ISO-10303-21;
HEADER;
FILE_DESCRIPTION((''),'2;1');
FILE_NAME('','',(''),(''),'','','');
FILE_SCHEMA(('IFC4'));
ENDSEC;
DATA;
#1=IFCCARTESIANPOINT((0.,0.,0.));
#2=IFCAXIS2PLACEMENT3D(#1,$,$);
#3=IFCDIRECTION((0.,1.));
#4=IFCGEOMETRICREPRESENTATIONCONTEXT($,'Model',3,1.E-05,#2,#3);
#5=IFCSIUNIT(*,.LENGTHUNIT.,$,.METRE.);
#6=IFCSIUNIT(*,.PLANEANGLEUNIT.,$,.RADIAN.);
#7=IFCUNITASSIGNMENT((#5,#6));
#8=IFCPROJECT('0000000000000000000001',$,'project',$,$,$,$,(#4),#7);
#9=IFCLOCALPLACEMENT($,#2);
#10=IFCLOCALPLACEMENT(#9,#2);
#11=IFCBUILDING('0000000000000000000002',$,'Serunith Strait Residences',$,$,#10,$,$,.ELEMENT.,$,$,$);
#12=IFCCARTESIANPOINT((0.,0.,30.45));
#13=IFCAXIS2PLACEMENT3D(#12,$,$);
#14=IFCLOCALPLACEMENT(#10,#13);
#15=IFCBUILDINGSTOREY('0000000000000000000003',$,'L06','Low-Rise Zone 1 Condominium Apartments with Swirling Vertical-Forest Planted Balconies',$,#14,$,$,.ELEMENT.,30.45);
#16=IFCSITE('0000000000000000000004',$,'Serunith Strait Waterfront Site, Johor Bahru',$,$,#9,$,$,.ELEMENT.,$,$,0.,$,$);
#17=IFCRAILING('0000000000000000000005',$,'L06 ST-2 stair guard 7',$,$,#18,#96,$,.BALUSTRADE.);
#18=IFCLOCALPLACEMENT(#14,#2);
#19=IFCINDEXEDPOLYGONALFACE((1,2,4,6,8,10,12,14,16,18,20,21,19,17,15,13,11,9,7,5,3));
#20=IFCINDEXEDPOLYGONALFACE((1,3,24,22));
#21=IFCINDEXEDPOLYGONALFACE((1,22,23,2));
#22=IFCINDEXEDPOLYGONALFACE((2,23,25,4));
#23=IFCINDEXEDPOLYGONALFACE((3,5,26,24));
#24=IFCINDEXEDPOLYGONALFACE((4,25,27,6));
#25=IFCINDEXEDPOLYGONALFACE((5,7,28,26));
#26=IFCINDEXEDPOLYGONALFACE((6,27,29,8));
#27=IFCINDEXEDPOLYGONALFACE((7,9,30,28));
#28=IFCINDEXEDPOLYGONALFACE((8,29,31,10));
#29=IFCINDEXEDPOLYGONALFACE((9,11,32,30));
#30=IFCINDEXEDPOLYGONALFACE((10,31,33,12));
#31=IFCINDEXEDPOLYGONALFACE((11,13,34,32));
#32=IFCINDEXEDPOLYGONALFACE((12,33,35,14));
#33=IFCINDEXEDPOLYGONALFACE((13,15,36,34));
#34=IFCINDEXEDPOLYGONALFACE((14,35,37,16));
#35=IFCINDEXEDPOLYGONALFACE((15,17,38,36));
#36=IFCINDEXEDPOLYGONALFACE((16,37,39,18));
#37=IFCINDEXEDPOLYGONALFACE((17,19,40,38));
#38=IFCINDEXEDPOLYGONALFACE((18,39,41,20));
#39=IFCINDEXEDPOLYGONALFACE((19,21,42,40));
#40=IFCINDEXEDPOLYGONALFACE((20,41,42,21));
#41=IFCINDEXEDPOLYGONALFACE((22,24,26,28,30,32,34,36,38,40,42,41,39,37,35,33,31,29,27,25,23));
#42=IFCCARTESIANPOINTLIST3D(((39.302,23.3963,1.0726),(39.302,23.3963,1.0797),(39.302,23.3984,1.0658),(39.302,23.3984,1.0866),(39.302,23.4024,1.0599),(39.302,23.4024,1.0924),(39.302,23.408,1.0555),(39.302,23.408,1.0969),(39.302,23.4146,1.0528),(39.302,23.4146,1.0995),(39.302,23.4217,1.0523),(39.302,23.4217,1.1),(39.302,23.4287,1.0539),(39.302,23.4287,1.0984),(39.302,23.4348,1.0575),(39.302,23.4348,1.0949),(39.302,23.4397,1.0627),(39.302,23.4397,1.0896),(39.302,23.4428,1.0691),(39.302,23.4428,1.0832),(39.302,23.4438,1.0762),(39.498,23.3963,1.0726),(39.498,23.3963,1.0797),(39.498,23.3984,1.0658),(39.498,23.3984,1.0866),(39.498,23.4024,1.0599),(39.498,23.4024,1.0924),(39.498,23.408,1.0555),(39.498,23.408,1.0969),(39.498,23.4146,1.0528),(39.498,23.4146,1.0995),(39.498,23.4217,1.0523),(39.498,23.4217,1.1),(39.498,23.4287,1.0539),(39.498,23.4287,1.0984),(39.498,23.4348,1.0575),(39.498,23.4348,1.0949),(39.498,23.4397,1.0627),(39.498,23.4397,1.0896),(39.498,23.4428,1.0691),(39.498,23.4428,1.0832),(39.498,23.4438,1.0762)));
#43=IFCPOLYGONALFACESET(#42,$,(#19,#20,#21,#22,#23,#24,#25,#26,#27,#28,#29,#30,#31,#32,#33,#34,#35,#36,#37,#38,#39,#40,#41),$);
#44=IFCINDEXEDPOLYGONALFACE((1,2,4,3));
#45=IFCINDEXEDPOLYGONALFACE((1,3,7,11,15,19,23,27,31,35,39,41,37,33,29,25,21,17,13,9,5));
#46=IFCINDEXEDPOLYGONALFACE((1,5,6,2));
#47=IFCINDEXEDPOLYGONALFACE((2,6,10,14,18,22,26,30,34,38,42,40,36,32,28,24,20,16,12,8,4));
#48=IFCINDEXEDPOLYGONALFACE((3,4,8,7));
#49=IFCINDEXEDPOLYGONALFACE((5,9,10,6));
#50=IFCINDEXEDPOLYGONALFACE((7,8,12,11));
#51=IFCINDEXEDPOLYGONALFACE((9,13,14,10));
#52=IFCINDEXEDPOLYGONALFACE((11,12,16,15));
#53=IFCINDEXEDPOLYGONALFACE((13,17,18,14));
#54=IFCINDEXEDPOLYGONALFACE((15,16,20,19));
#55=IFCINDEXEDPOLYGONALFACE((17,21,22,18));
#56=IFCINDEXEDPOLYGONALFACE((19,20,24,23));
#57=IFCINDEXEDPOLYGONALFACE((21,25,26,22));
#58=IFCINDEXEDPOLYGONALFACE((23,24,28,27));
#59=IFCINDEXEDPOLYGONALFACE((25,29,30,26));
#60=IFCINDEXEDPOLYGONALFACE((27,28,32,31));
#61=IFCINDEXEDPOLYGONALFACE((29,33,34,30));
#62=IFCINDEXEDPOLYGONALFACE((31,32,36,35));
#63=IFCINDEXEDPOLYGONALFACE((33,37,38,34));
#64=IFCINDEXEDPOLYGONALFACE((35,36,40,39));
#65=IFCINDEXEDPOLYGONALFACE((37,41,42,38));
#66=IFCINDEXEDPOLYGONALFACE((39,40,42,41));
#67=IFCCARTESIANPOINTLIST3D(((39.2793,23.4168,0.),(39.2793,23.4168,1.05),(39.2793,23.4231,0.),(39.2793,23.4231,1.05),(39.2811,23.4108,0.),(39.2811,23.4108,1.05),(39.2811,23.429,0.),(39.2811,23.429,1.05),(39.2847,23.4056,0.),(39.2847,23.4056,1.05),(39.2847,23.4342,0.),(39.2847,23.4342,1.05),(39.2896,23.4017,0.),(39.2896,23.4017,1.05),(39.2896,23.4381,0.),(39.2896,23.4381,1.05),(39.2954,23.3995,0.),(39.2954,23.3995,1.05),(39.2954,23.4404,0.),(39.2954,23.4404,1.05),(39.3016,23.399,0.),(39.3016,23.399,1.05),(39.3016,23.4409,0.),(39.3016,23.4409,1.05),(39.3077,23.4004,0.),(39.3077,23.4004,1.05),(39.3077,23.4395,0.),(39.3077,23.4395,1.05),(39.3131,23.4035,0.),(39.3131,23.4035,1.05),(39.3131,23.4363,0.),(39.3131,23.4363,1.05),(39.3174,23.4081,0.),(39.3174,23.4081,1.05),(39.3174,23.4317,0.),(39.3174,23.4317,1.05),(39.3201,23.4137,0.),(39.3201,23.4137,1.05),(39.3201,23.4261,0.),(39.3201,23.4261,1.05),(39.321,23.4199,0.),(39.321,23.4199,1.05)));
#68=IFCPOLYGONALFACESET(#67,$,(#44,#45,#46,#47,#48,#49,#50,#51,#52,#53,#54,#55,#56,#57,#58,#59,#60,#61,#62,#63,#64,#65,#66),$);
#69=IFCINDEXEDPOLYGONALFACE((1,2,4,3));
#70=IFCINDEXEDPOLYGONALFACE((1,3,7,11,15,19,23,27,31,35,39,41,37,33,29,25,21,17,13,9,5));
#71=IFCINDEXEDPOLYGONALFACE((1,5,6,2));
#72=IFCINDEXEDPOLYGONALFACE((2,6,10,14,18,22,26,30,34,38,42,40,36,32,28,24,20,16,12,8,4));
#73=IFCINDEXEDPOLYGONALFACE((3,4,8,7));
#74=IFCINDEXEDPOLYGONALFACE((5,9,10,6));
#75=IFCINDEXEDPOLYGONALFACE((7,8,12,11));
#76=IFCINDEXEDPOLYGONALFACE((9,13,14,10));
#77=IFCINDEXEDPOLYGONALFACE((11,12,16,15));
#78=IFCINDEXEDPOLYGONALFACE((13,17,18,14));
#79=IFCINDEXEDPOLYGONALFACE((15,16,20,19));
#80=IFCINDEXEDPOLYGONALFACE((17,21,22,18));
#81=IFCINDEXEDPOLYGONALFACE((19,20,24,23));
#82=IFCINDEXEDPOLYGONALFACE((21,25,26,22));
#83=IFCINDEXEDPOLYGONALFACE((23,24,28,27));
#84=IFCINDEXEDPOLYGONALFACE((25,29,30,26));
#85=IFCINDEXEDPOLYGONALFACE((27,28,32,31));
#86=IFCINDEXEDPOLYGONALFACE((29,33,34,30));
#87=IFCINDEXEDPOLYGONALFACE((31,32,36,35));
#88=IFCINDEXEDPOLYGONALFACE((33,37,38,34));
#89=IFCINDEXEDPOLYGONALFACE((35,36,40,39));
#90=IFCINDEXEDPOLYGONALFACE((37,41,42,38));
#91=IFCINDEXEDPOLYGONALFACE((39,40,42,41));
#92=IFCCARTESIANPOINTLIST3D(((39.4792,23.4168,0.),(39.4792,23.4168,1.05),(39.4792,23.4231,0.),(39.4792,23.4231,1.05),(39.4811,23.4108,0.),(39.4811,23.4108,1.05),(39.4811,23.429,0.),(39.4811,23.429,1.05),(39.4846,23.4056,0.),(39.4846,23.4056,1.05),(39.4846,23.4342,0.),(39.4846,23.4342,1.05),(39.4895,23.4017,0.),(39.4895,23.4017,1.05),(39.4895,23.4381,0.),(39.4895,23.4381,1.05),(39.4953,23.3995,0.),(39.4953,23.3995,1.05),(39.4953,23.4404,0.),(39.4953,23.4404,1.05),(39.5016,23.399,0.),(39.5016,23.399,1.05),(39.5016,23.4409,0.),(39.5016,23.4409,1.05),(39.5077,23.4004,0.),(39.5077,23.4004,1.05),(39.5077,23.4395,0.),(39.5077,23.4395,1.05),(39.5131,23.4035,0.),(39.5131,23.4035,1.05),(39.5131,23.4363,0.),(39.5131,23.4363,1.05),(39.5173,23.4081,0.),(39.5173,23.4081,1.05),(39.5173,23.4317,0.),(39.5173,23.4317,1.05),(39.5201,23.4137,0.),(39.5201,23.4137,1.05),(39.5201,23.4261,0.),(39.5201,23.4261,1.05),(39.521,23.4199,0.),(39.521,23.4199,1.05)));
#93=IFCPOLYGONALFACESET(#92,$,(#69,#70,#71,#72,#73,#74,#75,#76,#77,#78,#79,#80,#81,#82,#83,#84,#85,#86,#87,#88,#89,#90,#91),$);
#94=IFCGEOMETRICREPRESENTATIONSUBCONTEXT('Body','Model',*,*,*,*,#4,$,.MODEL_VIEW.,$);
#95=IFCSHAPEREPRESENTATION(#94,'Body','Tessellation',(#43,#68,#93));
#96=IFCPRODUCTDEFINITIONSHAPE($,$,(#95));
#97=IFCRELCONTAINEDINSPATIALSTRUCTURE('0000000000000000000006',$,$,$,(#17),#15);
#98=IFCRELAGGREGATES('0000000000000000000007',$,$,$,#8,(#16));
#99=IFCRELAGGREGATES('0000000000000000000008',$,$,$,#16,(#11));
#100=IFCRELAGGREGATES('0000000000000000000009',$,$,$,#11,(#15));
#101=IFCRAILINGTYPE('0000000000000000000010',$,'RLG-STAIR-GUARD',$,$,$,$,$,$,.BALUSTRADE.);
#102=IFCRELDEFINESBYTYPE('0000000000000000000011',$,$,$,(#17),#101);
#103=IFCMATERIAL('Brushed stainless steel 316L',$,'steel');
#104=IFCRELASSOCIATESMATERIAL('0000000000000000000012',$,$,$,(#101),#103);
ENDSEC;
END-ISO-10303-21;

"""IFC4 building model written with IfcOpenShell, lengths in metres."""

from ifc_helpers import new_model, si_unit, direction, frame, origin, origin_2d, place, context, subcontext, project, spatial, circle, extrude, material, type_object, element, save


model = new_model("IFC4")

# Units and contexts
model_context = context("Model", 3, precision=1e-05, world=origin(), true_north=direction((0.0, 1.0)))
body_context = subcontext(model_context, "Body", "Model", "MODEL_VIEW")
ifc_project = project(units=[si_unit("LENGTHUNIT", "METRE"), si_unit("PLANEANGLEUNIT", "RADIAN")], contexts=[model_context])

# Site, building, storey
site_placement = place(None, origin())
site = spatial("IfcSite", under=ifc_project, at=site_placement, Name="Serunith Strait Waterfront Site, Johor Bahru", CompositionType="ELEMENT", RefElevation=0.0)
building_placement = place(site_placement, origin())
building = spatial("IfcBuilding", under=site, at=building_placement, Name="Serunith Strait Residences", CompositionType="ELEMENT")
storey_placement = place(building_placement, frame((0.0, 0.0, 30.45)))
storey = spatial("IfcBuildingStorey", under=building, at=storey_placement, Name="L06", Description="Low-Rise Zone 1 Condominium Apartments with Swirling Vertical-Forest Planted Balconies", CompositionType="ELEMENT", Elevation=30.45)

# Railing
ifc_material_1 = material(Name="Brushed stainless steel 316L", Category="steel")
railing_type_1 = type_object("IfcRailingType", Name="RLG-STAIR-GUARD", PredefinedType="BALUSTRADE", material=ifc_material_1)
railing_1_placement = place(storey_placement, frame((39.3, 23.4199, 0.0)))
element("IfcRailing", 1, at=railing_1_placement, inside=storey, type_object=railing_type_1, Name="L06 ST-2 stair guard 7", PredefinedType="BALUSTRADE", context=body_context, shape_type="SweptSolid", body=[
    extrude(circle(Radius=0.0239, at=origin_2d()), frame((0.002, 0.0, 1.0762), z_axis=(1.0, 0.0, 0.0), x_axis=(0.0, 1.0, 0.0)), (0.0, 0.0, 1.0), 0.196),
    extrude(circle(Radius=0.021, at=origin_2d()), origin(), (0.0, 0.0, 1.0), 1.05),
    extrude(circle(Radius=0.021, at=origin_2d()), frame((0.2, 0.0, 0.0)), (0.0, 0.0, 1.0), 1.05),
])

save(model, "model.ifc")
